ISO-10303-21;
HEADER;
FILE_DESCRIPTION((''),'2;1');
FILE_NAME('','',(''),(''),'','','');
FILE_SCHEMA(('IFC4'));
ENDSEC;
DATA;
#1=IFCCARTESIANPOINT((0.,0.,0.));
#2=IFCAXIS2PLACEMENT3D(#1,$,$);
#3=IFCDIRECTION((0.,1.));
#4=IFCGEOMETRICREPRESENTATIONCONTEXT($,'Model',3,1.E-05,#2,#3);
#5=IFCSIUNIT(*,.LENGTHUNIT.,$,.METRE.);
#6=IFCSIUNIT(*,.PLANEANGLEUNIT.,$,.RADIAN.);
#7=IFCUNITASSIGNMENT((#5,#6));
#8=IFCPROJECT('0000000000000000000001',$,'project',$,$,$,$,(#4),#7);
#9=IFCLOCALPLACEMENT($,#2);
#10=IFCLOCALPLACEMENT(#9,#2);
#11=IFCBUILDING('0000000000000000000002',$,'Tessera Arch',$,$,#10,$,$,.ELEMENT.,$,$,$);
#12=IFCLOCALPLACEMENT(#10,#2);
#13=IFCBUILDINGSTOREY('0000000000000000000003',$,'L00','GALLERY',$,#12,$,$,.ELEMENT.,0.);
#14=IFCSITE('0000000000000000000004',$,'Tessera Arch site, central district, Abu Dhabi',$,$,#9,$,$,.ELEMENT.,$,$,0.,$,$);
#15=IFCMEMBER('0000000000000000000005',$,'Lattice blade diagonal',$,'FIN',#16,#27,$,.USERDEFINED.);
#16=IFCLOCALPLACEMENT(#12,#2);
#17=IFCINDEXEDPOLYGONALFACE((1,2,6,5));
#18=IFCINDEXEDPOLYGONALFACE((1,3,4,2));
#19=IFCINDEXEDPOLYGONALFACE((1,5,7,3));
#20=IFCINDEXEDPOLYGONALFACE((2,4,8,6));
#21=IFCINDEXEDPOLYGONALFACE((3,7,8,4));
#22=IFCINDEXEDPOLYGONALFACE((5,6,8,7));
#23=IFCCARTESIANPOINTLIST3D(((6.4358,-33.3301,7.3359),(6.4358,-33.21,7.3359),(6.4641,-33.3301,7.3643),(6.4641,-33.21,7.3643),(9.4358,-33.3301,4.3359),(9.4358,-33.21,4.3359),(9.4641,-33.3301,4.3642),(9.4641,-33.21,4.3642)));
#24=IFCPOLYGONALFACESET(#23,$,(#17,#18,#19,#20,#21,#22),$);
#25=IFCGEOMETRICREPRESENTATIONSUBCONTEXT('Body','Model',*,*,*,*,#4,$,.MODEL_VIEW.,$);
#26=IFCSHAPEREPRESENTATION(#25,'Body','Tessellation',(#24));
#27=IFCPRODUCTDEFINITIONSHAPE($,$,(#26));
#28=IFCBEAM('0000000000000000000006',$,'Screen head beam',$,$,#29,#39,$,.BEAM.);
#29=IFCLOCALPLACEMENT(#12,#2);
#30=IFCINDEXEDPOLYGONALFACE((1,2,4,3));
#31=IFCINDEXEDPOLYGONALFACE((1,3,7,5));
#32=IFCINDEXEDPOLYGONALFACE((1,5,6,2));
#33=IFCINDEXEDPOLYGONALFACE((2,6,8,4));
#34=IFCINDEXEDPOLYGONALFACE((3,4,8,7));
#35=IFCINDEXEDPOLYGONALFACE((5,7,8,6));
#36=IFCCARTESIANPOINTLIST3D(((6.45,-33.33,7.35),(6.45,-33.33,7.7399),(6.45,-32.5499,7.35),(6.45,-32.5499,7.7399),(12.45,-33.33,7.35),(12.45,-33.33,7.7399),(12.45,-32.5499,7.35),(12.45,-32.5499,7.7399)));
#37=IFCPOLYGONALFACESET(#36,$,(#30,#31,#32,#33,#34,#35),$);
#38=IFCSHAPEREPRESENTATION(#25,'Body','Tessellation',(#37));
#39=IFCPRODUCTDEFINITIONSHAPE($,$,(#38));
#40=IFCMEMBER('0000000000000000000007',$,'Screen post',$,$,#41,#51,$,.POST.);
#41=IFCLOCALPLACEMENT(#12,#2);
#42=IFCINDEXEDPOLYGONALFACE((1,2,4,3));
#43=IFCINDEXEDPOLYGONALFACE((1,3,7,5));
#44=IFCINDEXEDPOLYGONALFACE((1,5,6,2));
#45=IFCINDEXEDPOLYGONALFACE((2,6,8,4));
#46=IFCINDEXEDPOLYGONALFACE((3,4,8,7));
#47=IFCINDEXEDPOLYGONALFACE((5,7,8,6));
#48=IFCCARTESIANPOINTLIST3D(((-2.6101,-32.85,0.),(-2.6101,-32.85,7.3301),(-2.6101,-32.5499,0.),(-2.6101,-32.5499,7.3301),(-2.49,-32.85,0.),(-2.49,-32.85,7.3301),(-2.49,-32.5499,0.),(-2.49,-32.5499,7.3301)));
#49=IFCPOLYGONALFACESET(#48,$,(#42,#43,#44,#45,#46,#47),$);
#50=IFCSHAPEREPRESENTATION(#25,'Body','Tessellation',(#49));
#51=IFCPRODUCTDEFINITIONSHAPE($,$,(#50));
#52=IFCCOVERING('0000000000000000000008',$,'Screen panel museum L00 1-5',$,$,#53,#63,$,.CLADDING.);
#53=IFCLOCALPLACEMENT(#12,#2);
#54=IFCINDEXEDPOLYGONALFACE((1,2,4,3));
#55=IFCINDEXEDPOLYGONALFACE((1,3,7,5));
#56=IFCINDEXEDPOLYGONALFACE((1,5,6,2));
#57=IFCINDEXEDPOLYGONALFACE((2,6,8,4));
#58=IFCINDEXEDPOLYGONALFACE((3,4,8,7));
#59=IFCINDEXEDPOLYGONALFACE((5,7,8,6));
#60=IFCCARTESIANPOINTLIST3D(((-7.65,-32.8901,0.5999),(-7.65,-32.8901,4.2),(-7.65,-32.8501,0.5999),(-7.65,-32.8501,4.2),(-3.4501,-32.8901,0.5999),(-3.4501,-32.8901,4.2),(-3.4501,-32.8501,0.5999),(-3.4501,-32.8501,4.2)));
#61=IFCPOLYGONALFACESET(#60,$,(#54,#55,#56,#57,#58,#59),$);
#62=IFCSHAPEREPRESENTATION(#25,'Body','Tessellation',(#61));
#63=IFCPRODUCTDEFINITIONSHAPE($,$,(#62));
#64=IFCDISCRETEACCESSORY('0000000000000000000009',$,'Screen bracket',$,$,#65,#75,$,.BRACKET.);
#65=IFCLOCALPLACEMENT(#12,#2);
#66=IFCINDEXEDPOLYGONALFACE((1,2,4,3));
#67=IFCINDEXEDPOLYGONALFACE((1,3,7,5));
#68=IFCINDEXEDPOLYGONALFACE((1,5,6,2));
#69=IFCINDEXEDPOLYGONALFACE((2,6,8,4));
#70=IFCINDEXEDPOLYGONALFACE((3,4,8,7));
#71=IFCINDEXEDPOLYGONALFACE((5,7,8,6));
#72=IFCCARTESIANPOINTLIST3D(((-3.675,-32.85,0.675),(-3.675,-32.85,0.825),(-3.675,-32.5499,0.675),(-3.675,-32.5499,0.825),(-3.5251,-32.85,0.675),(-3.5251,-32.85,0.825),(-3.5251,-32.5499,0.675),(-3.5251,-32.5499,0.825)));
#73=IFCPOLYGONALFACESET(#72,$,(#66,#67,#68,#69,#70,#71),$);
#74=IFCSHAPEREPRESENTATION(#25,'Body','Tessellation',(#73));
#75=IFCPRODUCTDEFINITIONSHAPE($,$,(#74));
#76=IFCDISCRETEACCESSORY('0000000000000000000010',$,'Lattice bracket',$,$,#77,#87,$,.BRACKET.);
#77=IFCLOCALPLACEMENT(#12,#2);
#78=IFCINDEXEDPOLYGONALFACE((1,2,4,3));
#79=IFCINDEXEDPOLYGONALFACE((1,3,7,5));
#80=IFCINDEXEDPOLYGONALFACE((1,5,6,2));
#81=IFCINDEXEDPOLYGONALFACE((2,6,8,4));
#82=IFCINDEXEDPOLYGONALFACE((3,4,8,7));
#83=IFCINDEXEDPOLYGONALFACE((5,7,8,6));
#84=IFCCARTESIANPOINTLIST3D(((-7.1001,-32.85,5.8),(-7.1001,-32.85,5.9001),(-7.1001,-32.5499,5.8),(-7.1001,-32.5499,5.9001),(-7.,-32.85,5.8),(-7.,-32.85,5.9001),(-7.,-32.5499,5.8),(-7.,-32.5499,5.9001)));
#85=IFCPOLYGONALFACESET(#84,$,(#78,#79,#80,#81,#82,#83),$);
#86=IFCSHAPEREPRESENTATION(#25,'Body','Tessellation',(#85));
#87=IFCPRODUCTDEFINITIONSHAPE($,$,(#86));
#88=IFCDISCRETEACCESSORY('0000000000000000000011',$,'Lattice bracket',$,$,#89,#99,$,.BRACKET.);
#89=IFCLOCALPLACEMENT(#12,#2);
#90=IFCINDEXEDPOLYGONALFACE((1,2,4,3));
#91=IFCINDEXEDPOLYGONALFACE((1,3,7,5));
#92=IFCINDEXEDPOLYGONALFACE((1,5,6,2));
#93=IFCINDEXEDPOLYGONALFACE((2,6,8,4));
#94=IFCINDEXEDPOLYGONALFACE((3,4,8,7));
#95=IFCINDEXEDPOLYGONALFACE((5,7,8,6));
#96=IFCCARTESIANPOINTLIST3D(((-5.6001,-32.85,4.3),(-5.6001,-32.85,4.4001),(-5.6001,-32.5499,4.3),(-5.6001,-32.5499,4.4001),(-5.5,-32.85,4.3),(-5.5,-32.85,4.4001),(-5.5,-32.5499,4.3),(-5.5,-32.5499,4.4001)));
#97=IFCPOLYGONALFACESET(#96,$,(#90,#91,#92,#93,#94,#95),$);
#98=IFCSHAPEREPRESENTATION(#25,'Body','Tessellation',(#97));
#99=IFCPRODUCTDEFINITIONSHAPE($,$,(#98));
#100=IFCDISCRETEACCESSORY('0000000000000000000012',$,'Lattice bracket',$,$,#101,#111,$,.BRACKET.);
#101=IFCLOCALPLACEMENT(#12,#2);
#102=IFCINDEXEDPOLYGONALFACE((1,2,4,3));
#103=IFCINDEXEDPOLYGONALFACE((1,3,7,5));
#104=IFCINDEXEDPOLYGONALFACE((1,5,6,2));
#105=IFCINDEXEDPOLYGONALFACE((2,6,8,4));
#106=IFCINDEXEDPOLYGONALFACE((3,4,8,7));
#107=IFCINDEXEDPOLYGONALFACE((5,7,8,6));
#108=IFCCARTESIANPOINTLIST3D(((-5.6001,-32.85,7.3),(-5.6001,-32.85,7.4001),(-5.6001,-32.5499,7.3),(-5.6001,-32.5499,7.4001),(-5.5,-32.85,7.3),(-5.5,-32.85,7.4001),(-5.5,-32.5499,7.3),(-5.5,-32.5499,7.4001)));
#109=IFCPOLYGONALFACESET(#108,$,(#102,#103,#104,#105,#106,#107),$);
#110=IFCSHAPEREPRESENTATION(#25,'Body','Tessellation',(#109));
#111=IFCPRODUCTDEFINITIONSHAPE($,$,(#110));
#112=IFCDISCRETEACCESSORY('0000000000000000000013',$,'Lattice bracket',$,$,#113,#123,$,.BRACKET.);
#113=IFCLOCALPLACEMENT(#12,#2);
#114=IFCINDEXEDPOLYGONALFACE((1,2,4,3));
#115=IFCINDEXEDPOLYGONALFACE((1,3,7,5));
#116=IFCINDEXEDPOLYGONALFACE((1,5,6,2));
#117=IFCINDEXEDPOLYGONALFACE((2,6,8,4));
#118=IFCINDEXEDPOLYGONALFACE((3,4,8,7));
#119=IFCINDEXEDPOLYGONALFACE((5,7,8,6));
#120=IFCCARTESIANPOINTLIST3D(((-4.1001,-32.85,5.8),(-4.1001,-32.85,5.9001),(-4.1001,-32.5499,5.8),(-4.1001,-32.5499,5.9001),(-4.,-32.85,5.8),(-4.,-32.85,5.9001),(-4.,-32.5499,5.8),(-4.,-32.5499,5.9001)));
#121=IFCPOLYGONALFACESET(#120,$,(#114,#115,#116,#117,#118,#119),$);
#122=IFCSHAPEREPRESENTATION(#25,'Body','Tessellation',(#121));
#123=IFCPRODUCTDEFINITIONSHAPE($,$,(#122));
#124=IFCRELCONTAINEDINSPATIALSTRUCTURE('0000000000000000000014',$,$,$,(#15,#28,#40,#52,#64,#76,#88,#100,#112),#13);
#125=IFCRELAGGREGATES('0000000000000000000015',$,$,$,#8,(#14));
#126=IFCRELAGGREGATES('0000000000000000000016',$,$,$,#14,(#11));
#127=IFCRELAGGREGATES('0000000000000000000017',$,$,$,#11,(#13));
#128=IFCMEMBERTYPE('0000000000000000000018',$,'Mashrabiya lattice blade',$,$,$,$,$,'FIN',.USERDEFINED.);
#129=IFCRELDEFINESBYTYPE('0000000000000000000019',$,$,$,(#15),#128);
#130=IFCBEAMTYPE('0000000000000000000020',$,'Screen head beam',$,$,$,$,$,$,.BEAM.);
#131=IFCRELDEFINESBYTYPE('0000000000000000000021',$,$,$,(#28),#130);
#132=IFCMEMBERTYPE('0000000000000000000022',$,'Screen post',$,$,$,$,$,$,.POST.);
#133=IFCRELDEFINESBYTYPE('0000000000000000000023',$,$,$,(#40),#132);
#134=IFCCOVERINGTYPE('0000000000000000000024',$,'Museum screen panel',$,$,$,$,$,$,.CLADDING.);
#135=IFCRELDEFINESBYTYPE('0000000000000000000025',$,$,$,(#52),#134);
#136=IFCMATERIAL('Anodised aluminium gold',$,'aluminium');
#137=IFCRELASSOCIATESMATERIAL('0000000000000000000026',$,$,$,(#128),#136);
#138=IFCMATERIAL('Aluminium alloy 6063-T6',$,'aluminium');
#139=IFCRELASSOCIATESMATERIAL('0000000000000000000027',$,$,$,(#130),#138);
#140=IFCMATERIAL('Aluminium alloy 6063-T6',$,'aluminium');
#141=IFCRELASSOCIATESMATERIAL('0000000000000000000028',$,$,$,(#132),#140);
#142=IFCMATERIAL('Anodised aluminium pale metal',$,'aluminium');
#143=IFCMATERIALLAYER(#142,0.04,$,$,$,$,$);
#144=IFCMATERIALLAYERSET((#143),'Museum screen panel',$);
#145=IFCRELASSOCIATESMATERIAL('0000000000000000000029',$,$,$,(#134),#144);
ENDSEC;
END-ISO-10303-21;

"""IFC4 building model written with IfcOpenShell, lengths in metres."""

from ifc_helpers import new_model, si_unit, direction, frame, origin, origin_2d, place, context, subcontext, project, spatial, rectangle, extrude, material, layer, layer_set, material_profile, profile_set, type_object, element, save


model = new_model("IFC4")

# Units and contexts
model_context = context("Model", 3, precision=1e-05, world=origin(), true_north=direction((0.0, 1.0)))
body_context = subcontext(model_context, "Body", "Model", "MODEL_VIEW")
ifc_project = project(units=[si_unit("LENGTHUNIT", "METRE"), si_unit("PLANEANGLEUNIT", "RADIAN")], contexts=[model_context])

# Site, building, storey
site_placement = place(None, origin())
site = spatial("IfcSite", under=ifc_project, at=site_placement, Name="Tessera Arch site, central district, Abu Dhabi", CompositionType="ELEMENT", RefElevation=0.0)
building_placement = place(site_placement, origin())
building = spatial("IfcBuilding", under=site, at=building_placement, Name="Tessera Arch", CompositionType="ELEMENT")
storey_placement = place(building_placement, origin())
storey = spatial("IfcBuildingStorey", under=building, at=storey_placement, Name="L00", Description="GALLERY", CompositionType="ELEMENT", Elevation=0.0)

# Member
ifc_material_1 = material(Name="Anodised aluminium gold", Category="aluminium")
ifc_material_profile_1 = material_profile(ifc_material_1, rectangle(XDim=0.1201, YDim=0.04, at=origin_2d()), Name="AL 40x120")
ifc_profile_set_1 = profile_set([ifc_material_profile_1], Name="Anodised aluminium gold")
member_type_1 = type_object("IfcMemberType", Name="Mashrabiya lattice blade", ElementType="FIN", PredefinedType="USERDEFINED", material=ifc_profile_set_1)
member_1_placement = place(storey_placement, frame((6.45, -33.27, 7.3501), z_axis=(0.707107, 0.0, -0.707107), x_axis=(0.0, 1.0, 0.0)))
element("IfcMember", 1, at=member_1_placement, inside=storey, type_object=member_type_1, Name="Lattice blade diagonal", ObjectType="FIN", PredefinedType="USERDEFINED", context=body_context, shape_type="SweptSolid", body=[
    extrude(rectangle(XDim=0.1201, YDim=0.04, at=origin_2d()), origin(), (0.0, 0.0, 1.0), 4.2427),
])

# Beam
ifc_material_2 = material(Name="Aluminium alloy 6063-T6", Category="aluminium")
ifc_material_profile_2 = material_profile(ifc_material_2, rectangle(XDim=0.78, YDim=0.3899, at=origin_2d()), Name="AL 780x390")
ifc_profile_set_2 = profile_set([ifc_material_profile_2], Name="Aluminium alloy 6063-T6")
beam_type = type_object("IfcBeamType", Name="Screen head beam", PredefinedType="BEAM", material=ifc_profile_set_2)
beam_placement = place(storey_placement, frame((6.45, -32.9399, 7.5449), z_axis=(1.0, 0.0, 0.0), x_axis=(0.0, 1.0, 0.0)))
element("IfcBeam", 2, at=beam_placement, inside=storey, type_object=beam_type, Name="Screen head beam", PredefinedType="BEAM", context=body_context, shape_type="SweptSolid", body=[
    extrude(rectangle(XDim=0.78, YDim=0.3899, at=origin_2d()), origin(), (0.0, 0.0, 1.0), 6.0),
])

# Member
ifc_material_3 = material(Name="Aluminium alloy 6063-T6", Category="aluminium")
ifc_material_profile_3 = material_profile(ifc_material_3, rectangle(XDim=0.3, YDim=0.1201, at=origin_2d()), Name="AL 120x300")
ifc_profile_set_3 = profile_set([ifc_material_profile_3], Name="Aluminium alloy 6063-T6")
member_type_2 = type_object("IfcMemberType", Name="Screen post", PredefinedType="POST", material=ifc_profile_set_3)
member_2_placement = place(storey_placement, frame((-2.55, -32.7, 0.0), z_axis=(0.0, 0.0, 1.0), x_axis=(0.0, -1.0, 0.0)))
element("IfcMember", 3, at=member_2_placement, inside=storey, type_object=member_type_2, Name="Screen post", PredefinedType="POST", context=body_context, shape_type="SweptSolid", body=[
    extrude(rectangle(XDim=0.3, YDim=0.1201, at=origin_2d()), origin(), (0.0, 0.0, 1.0), 7.3301),
])

# Covering
ifc_material_4 = material(Name="Anodised aluminium pale metal", Category="aluminium")
ifc_layer = layer(ifc_material_4, 0.04)
ifc_layer_set = layer_set([ifc_layer], Name="Museum screen panel")
covering_type = type_object("IfcCoveringType", Name="Museum screen panel", PredefinedType="CLADDING", material=ifc_layer_set)
covering_placement = place(storey_placement, frame((-5.55, -32.8701, 0.5999), z_axis=(0.0, 0.0, 1.0), x_axis=(1.0, 0.0, 0.0)))
element("IfcCovering", 4, at=covering_placement, inside=storey, type_object=covering_type, Name="Screen panel museum L00 1-5", PredefinedType="CLADDING", context=body_context, shape_type="SweptSolid", body=[
    extrude(rectangle(XDim=4.2, YDim=0.04, at=origin_2d()), origin(), (0.0, 0.0, 1.0), 3.6001),
])

# Discrete accessories
discrete_accessory_placement = place(storey_placement, frame((-3.6001, -32.7, 0.675), z_axis=(0.0, 0.0, 1.0), x_axis=(0.0, -1.0, 0.0)))
element("IfcDiscreteAccessory", 5, at=discrete_accessory_placement, inside=storey, Name="Screen bracket", PredefinedType="BRACKET", context=body_context, shape_type="SweptSolid", body=[
    extrude(rectangle(XDim=0.3, YDim=0.1499, at=origin_2d()), origin(), (0.0, 0.0, 1.0), 0.1499),
])
for number, where, z_axis, x_axis, name in (
    (6, (-7.05, -32.7, 5.8), (0.0, 0.0, 1.0), (0.0, -1.0, 0.0), "Lattice bracket"),
    (7, (-5.55, -32.7, 4.3), (0.0, 0.0, 1.0), (0.0, -1.0, 0.0), "Lattice bracket"),
    (8, (-5.55, -32.7, 7.3), (0.0, 0.0, 1.0), (0.0, -1.0, 0.0), "Lattice bracket"),
    (9, (-4.05, -32.7, 5.8), (0.0, 0.0, 1.0), (0.0, -1.0, 0.0), "Lattice bracket"),
):
    element("IfcDiscreteAccessory", number, at=place(storey_placement, frame(where, z_axis=z_axis, x_axis=x_axis)), inside=storey, Name=name, PredefinedType="BRACKET", context=body_context, shape_type="SweptSolid", body=[
        extrude(rectangle(XDim=0.3, YDim=0.1001, at=origin_2d()), origin(), (0.0, 0.0, 1.0), 0.1001),
    ])

save(model, "model.ifc")
